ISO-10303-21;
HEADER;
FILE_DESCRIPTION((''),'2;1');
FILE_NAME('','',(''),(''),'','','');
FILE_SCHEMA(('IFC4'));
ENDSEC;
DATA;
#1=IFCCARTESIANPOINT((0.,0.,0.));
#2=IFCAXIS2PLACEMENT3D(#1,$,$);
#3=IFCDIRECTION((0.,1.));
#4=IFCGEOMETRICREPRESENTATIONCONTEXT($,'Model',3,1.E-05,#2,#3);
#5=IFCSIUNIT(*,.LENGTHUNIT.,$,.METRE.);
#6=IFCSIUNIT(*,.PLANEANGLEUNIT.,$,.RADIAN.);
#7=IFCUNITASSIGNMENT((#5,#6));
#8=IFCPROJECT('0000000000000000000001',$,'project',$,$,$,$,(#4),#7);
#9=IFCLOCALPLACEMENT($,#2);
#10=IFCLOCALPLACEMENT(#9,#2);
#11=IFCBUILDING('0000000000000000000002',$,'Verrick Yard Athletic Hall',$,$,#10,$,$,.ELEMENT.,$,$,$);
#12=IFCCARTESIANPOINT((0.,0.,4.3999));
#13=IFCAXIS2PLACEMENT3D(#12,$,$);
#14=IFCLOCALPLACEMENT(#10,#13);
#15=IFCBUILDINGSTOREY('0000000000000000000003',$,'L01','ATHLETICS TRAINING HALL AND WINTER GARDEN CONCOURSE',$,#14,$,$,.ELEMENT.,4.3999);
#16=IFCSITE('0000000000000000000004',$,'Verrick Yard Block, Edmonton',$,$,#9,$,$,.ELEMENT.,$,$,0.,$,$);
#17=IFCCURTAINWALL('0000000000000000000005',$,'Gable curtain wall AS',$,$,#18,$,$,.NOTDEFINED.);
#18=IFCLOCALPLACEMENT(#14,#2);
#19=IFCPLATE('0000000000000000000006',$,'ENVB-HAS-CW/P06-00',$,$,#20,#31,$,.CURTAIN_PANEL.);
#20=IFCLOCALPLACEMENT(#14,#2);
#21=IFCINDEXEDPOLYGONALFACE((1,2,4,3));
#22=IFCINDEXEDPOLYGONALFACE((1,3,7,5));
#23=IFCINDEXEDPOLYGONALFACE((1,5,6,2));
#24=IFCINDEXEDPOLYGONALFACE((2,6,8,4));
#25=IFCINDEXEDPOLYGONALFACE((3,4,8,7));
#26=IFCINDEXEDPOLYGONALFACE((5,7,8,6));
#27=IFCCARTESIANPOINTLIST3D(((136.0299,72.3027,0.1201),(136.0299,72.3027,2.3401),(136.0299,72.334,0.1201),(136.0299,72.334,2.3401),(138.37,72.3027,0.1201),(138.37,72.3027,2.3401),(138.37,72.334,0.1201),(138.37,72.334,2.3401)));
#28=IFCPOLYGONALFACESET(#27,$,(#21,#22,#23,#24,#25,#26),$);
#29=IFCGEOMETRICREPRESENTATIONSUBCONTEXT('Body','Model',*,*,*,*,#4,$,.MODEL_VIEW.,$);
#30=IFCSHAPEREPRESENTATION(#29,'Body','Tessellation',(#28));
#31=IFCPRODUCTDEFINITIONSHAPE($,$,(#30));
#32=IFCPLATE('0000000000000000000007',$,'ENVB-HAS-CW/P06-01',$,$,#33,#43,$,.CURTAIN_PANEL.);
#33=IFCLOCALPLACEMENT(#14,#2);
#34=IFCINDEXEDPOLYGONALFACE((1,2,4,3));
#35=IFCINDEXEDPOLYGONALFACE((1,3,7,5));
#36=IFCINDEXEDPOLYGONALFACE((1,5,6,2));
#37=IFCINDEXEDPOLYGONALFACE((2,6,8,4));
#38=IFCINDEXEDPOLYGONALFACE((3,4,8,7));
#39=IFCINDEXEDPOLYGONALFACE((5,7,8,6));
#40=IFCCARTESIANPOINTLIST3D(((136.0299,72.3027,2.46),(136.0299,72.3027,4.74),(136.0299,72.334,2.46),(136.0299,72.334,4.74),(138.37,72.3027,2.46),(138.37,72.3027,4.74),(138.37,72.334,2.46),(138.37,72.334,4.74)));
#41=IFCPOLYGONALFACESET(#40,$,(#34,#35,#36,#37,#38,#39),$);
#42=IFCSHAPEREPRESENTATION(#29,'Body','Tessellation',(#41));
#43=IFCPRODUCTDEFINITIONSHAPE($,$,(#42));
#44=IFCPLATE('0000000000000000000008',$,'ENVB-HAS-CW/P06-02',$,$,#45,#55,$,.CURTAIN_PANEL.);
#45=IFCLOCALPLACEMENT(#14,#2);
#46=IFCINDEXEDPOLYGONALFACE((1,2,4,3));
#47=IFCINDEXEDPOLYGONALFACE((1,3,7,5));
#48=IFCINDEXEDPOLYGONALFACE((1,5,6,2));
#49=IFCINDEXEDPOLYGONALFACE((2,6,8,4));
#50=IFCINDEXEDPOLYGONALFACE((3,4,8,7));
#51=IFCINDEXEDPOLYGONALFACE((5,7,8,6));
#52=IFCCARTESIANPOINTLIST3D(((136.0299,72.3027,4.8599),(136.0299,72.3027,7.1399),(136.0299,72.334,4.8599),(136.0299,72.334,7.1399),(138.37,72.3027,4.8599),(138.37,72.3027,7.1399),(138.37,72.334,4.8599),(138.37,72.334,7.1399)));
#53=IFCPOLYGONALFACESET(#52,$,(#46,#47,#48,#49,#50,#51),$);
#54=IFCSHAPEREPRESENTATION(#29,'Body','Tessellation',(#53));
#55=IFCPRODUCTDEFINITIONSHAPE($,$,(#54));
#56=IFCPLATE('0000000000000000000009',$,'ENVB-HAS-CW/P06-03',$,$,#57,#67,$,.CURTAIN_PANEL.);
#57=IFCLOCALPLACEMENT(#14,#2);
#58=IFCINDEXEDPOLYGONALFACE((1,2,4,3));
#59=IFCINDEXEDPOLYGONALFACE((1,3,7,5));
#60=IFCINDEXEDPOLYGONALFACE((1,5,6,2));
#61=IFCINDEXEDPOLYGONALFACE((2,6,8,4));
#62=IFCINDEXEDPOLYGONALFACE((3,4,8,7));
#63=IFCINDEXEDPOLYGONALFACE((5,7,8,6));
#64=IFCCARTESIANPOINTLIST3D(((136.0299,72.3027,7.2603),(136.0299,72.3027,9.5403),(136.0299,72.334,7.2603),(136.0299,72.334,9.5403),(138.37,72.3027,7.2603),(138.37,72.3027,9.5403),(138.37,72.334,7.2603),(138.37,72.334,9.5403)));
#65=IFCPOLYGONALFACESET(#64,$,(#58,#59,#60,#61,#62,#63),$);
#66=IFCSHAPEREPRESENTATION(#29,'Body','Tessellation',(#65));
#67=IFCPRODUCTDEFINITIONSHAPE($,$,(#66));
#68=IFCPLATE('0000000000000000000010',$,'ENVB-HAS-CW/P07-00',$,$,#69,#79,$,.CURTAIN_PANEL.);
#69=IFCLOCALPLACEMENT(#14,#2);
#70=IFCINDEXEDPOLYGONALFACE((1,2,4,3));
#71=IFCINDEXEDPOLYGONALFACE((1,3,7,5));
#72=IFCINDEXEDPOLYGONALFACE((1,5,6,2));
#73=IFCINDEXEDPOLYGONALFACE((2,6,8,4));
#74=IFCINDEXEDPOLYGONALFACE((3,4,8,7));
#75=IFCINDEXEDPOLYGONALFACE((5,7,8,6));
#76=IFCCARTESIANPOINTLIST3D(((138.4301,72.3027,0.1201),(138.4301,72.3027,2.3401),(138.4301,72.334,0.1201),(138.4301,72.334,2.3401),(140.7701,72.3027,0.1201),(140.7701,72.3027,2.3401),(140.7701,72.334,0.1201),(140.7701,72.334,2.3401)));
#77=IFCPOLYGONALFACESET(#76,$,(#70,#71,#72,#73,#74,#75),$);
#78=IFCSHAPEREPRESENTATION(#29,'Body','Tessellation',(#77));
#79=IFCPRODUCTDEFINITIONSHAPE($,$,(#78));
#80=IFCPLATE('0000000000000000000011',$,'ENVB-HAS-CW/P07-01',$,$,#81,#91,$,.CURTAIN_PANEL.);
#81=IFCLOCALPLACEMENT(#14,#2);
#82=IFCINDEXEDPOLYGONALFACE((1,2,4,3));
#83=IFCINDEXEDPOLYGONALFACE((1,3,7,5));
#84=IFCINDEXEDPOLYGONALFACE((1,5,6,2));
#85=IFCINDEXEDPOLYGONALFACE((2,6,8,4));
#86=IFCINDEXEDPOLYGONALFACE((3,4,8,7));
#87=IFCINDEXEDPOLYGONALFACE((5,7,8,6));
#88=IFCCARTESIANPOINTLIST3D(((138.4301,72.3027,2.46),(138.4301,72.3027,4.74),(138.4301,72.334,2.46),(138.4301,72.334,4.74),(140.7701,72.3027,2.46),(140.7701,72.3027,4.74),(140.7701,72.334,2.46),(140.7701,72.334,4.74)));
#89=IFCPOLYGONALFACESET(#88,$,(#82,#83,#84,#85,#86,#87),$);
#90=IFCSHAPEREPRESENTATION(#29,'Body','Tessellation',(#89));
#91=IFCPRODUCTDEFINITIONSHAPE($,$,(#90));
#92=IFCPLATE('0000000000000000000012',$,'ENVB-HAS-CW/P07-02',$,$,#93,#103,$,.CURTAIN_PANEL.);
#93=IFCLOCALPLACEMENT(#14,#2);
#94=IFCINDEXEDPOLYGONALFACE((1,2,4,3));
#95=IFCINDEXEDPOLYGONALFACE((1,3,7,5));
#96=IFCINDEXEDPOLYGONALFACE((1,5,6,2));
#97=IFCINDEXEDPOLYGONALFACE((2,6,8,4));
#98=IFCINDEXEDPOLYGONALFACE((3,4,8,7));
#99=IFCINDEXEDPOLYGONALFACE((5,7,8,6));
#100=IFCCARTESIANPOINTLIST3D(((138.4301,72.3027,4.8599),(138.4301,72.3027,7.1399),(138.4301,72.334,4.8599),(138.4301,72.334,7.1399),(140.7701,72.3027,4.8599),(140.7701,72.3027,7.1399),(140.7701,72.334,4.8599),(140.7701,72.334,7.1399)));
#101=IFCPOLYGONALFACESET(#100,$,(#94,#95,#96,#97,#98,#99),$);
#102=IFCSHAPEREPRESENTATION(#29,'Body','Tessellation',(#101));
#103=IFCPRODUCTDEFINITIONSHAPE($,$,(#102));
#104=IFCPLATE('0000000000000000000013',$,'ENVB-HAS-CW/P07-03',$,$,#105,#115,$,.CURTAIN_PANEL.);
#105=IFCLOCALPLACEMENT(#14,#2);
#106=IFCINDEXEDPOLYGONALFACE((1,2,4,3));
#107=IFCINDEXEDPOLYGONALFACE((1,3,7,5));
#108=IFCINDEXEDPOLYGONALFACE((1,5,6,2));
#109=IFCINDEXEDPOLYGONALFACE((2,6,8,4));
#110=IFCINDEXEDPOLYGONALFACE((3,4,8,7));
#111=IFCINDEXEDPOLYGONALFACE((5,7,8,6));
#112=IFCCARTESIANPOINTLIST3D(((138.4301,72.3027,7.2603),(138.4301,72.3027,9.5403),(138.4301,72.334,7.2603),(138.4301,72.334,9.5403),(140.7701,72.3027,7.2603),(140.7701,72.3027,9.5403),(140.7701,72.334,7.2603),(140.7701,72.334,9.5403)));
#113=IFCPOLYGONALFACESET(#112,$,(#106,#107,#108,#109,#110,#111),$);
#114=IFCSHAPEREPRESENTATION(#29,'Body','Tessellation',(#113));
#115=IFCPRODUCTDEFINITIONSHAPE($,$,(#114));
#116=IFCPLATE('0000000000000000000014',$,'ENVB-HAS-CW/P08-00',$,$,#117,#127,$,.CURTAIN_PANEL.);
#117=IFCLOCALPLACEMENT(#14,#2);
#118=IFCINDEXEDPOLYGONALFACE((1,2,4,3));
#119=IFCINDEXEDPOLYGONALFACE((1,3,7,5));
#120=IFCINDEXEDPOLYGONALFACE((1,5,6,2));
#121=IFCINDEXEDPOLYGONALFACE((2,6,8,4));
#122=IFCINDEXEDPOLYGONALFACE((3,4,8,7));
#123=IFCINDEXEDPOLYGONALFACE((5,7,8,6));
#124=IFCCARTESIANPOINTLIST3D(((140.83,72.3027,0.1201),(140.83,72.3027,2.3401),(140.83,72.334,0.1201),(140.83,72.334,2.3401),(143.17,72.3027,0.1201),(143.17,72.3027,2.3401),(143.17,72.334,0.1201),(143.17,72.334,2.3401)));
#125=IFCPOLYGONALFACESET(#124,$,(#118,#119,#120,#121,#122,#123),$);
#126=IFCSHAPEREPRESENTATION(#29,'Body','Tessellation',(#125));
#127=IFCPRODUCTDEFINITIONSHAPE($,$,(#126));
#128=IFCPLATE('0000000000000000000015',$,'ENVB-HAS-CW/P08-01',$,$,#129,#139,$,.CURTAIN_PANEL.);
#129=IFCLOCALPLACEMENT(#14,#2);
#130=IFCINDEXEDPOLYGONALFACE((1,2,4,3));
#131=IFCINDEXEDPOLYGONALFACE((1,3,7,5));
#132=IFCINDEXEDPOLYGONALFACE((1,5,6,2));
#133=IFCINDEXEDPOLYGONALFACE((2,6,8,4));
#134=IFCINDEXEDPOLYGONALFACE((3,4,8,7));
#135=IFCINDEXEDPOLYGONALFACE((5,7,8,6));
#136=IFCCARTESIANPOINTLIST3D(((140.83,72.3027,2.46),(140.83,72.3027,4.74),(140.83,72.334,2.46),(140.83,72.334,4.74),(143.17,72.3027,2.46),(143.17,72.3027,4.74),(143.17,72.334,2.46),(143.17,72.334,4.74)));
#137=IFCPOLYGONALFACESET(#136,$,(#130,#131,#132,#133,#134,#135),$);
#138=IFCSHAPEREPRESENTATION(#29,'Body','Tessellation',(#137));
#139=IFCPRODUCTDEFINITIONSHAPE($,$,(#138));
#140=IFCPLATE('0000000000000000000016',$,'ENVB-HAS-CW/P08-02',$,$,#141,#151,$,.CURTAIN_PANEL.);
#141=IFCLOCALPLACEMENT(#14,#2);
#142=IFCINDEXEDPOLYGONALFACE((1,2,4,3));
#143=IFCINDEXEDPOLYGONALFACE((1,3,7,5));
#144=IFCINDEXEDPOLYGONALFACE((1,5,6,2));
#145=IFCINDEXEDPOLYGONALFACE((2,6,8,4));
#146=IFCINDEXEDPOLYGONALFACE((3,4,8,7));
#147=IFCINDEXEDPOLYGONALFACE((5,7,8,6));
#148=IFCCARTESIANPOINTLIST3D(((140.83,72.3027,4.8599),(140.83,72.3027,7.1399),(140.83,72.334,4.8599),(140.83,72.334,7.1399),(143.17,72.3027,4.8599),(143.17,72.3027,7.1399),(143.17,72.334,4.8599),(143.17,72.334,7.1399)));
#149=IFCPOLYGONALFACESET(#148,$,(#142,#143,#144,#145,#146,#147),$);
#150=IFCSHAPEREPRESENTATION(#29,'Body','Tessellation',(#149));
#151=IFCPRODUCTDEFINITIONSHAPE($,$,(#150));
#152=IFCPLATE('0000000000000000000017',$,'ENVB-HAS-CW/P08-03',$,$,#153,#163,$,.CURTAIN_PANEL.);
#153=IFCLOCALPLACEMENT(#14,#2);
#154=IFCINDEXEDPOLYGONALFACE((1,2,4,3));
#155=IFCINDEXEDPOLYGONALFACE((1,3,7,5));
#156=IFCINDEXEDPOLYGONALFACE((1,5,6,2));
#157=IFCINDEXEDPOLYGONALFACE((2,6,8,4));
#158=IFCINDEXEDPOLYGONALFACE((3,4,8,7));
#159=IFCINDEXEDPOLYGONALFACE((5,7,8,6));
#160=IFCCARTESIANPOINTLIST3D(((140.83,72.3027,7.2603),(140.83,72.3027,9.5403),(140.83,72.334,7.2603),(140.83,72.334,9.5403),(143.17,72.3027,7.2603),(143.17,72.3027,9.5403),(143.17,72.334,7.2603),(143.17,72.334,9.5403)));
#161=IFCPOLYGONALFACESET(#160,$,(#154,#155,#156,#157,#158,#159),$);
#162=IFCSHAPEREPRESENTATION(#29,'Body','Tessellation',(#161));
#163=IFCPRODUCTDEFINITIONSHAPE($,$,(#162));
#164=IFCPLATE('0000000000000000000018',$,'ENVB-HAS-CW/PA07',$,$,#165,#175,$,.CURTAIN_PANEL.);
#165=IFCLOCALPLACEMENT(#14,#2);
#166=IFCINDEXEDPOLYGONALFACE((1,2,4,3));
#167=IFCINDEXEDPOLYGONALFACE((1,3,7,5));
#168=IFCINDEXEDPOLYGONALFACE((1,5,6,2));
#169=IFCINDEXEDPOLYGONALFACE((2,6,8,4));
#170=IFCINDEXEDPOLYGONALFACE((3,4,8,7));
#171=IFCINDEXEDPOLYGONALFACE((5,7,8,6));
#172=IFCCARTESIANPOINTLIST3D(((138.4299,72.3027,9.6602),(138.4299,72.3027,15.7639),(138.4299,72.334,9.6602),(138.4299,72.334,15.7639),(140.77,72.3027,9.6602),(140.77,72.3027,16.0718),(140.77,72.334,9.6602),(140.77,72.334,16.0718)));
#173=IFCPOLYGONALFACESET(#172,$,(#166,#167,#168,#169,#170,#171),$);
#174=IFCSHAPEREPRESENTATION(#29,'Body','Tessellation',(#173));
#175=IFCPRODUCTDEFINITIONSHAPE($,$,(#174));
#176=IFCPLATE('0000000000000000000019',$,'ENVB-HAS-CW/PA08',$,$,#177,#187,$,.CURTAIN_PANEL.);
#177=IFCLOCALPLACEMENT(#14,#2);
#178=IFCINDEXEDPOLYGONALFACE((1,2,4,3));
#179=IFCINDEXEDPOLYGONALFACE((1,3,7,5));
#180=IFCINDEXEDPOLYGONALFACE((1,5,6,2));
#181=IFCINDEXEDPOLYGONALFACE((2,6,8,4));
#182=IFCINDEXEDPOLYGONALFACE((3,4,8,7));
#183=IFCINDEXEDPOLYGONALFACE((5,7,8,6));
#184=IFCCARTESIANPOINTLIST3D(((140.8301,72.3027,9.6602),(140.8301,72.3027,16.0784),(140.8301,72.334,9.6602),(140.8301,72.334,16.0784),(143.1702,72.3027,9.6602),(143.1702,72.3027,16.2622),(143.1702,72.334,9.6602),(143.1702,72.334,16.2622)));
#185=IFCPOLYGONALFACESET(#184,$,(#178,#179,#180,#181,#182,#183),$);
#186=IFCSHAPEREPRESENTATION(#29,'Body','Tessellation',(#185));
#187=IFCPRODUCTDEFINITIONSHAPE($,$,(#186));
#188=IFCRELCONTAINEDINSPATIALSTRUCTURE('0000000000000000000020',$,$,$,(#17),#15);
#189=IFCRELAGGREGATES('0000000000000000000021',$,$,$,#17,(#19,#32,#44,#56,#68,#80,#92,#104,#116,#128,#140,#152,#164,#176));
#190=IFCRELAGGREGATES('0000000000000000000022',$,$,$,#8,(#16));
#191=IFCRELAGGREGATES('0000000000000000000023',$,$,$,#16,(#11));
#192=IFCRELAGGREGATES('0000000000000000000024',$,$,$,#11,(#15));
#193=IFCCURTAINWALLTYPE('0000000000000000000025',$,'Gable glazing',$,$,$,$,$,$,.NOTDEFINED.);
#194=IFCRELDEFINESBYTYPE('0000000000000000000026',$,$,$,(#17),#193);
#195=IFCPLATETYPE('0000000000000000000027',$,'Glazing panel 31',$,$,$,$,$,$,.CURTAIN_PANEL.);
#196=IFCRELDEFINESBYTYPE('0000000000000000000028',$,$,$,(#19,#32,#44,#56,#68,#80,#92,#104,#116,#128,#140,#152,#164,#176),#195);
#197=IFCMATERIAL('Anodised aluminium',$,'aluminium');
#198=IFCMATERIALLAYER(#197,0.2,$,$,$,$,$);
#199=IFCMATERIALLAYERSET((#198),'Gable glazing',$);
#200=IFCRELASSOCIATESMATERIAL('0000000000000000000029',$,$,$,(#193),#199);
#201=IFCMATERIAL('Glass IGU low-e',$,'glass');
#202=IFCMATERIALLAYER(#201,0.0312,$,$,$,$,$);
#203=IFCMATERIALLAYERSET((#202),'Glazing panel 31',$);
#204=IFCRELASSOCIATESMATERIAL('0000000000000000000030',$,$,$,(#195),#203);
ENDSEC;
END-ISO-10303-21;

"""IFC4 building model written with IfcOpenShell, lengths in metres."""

from ifc_helpers import new_model, si_unit, direction, frame, origin, origin_2d, place, context, subcontext, project, spatial, polyline, rectangle, outline, extrude, material, layer, layer_set, type_object, element, aggregate, save


model = new_model("IFC4")

# Units and contexts
model_context = context("Model", 3, precision=1e-05, world=origin(), true_north=direction((0.0, 1.0)))
body_context = subcontext(model_context, "Body", "Model", "MODEL_VIEW")
ifc_project = project(units=[si_unit("LENGTHUNIT", "METRE"), si_unit("PLANEANGLEUNIT", "RADIAN")], contexts=[model_context])

# Site, building, storey
site_placement = place(None, origin())
site = spatial("IfcSite", under=ifc_project, at=site_placement, Name="Verrick Yard Block, Edmonton", CompositionType="ELEMENT", RefElevation=0.0)
building_placement = place(site_placement, origin())
building = spatial("IfcBuilding", under=site, at=building_placement, Name="Verrick Yard Athletic Hall", CompositionType="ELEMENT")
storey_placement = place(building_placement, frame((0.0, 0.0, 4.3999)))
storey = spatial("IfcBuildingStorey", under=building, at=storey_placement, Name="L01", Description="ATHLETICS TRAINING HALL AND WINTER GARDEN CONCOURSE", CompositionType="ELEMENT", Elevation=4.3999)

# Curtain wall, plates
ifc_material_1 = material(Name="Anodised aluminium", Category="aluminium")
ifc_layer_1 = layer(ifc_material_1, 0.2)
ifc_layer_set_1 = layer_set([ifc_layer_1], Name="Gable glazing")
curtain_wall_type = type_object("IfcCurtainWallType", Name="Gable glazing", PredefinedType="NOTDEFINED", material=ifc_layer_set_1)
curtain_wall_placement = place(storey_placement, origin())
curtain_wall = element("IfcCurtainWall", 1, at=curtain_wall_placement, inside=storey, type_object=curtain_wall_type, Name="Gable curtain wall AS", PredefinedType="NOTDEFINED")
ifc_material_2 = material(Name="Glass IGU low-e", Category="glass")
ifc_layer_2 = layer(ifc_material_2, 0.0312)
ifc_layer_set_2 = layer_set([ifc_layer_2], Name="Glazing panel 31")
plate_type = type_object("IfcPlateType", Name="Glazing panel 31", PredefinedType="CURTAIN_PANEL", material=ifc_layer_set_2)
plate_1_placement = place(storey_placement, frame((137.2, 72.3184, 0.1201), z_axis=(0.0, 0.0, 1.0), x_axis=(1.0, 0.0, 0.0)))
plate_1 = element("IfcPlate", 2, at=plate_1_placement, type_object=plate_type, Name="ENVB-HAS-CW/P06-00", PredefinedType="CURTAIN_PANEL", context=body_context, shape_type="SweptSolid", body=[
    extrude(rectangle(XDim=2.3401, YDim=0.0312, at=origin_2d()), origin(), (0.0, 0.0, 1.0), 2.22),
])
plate_2_placement = place(storey_placement, frame((137.2, 72.3184, 2.46), z_axis=(0.0, 0.0, 1.0), x_axis=(1.0, 0.0, 0.0)))
plate_2 = element("IfcPlate", 3, at=plate_2_placement, type_object=plate_type, Name="ENVB-HAS-CW/P06-01", PredefinedType="CURTAIN_PANEL", context=body_context, shape_type="SweptSolid", body=[
    extrude(rectangle(XDim=2.3401, YDim=0.0312, at=origin_2d()), origin(), (0.0, 0.0, 1.0), 2.28),
])
plate_3_placement = place(storey_placement, frame((137.2, 72.3184, 4.8599), z_axis=(0.0, 0.0, 1.0), x_axis=(1.0, 0.0, 0.0)))
plate_3 = element("IfcPlate", 4, at=plate_3_placement, type_object=plate_type, Name="ENVB-HAS-CW/P06-02", PredefinedType="CURTAIN_PANEL", context=body_context, shape_type="SweptSolid", body=[
    extrude(rectangle(XDim=2.3401, YDim=0.0312, at=origin_2d()), origin(), (0.0, 0.0, 1.0), 2.28),
])
plate_4_placement = place(storey_placement, frame((137.2, 72.3184, 7.2603), z_axis=(0.0, 0.0, 1.0), x_axis=(1.0, 0.0, 0.0)))
plate_4 = element("IfcPlate", 5, at=plate_4_placement, type_object=plate_type, Name="ENVB-HAS-CW/P06-03", PredefinedType="CURTAIN_PANEL", context=body_context, shape_type="SweptSolid", body=[
    extrude(rectangle(XDim=2.3401, YDim=0.0312, at=origin_2d()), origin(), (0.0, 0.0, 1.0), 2.28),
])
plate_5_placement = place(storey_placement, frame((139.6001, 72.3184, 0.1201), z_axis=(0.0, 0.0, 1.0), x_axis=(1.0, 0.0, 0.0)))
plate_5 = element("IfcPlate", 6, at=plate_5_placement, type_object=plate_type, Name="ENVB-HAS-CW/P07-00", PredefinedType="CURTAIN_PANEL", context=body_context, shape_type="SweptSolid", body=[
    extrude(rectangle(XDim=2.3401, YDim=0.0312, at=origin_2d()), origin(), (0.0, 0.0, 1.0), 2.22),
])
plate_6_placement = place(storey_placement, frame((139.6001, 72.3184, 2.46), z_axis=(0.0, 0.0, 1.0), x_axis=(1.0, 0.0, 0.0)))
plate_6 = element("IfcPlate", 7, at=plate_6_placement, type_object=plate_type, Name="ENVB-HAS-CW/P07-01", PredefinedType="CURTAIN_PANEL", context=body_context, shape_type="SweptSolid", body=[
    extrude(rectangle(XDim=2.3401, YDim=0.0312, at=origin_2d()), origin(), (0.0, 0.0, 1.0), 2.28),
])
plate_7_placement = place(storey_placement, frame((139.6001, 72.3184, 4.8599), z_axis=(0.0, 0.0, 1.0), x_axis=(1.0, 0.0, 0.0)))
plate_7 = element("IfcPlate", 8, at=plate_7_placement, type_object=plate_type, Name="ENVB-HAS-CW/P07-02", PredefinedType="CURTAIN_PANEL", context=body_context, shape_type="SweptSolid", body=[
    extrude(rectangle(XDim=2.3401, YDim=0.0312, at=origin_2d()), origin(), (0.0, 0.0, 1.0), 2.28),
])
plate_8_placement = place(storey_placement, frame((139.6001, 72.3184, 7.2603), z_axis=(0.0, 0.0, 1.0), x_axis=(1.0, 0.0, 0.0)))
plate_8 = element("IfcPlate", 9, at=plate_8_placement, type_object=plate_type, Name="ENVB-HAS-CW/P07-03", PredefinedType="CURTAIN_PANEL", context=body_context, shape_type="SweptSolid", body=[
    extrude(rectangle(XDim=2.3401, YDim=0.0312, at=origin_2d()), origin(), (0.0, 0.0, 1.0), 2.28),
])
plate_9_placement = place(storey_placement, frame((142.0, 72.3184, 0.1201), z_axis=(0.0, 0.0, 1.0), x_axis=(1.0, 0.0, 0.0)))
plate_9 = element("IfcPlate", 10, at=plate_9_placement, type_object=plate_type, Name="ENVB-HAS-CW/P08-00", PredefinedType="CURTAIN_PANEL", context=body_context, shape_type="SweptSolid", body=[
    extrude(rectangle(XDim=2.3401, YDim=0.0312, at=origin_2d()), origin(), (0.0, 0.0, 1.0), 2.22),
])
plate_10_placement = place(storey_placement, frame((142.0, 72.3184, 2.46), z_axis=(0.0, 0.0, 1.0), x_axis=(1.0, 0.0, 0.0)))
plate_10 = element("IfcPlate", 11, at=plate_10_placement, type_object=plate_type, Name="ENVB-HAS-CW/P08-01", PredefinedType="CURTAIN_PANEL", context=body_context, shape_type="SweptSolid", body=[
    extrude(rectangle(XDim=2.3401, YDim=0.0312, at=origin_2d()), origin(), (0.0, 0.0, 1.0), 2.28),
])
plate_11_placement = place(storey_placement, frame((142.0, 72.3184, 4.8599), z_axis=(0.0, 0.0, 1.0), x_axis=(1.0, 0.0, 0.0)))
plate_11 = element("IfcPlate", 12, at=plate_11_placement, type_object=plate_type, Name="ENVB-HAS-CW/P08-02", PredefinedType="CURTAIN_PANEL", context=body_context, shape_type="SweptSolid", body=[
    extrude(rectangle(XDim=2.3401, YDim=0.0312, at=origin_2d()), origin(), (0.0, 0.0, 1.0), 2.28),
])
plate_12_placement = place(storey_placement, frame((142.0, 72.3184, 7.2603), z_axis=(0.0, 0.0, 1.0), x_axis=(1.0, 0.0, 0.0)))
plate_12 = element("IfcPlate", 13, at=plate_12_placement, type_object=plate_type, Name="ENVB-HAS-CW/P08-03", PredefinedType="CURTAIN_PANEL", context=body_context, shape_type="SweptSolid", body=[
    extrude(rectangle(XDim=2.3401, YDim=0.0312, at=origin_2d()), origin(), (0.0, 0.0, 1.0), 2.28),
])
plate_13_placement = place(storey_placement, frame((138.4299, 72.3184, 9.6602), z_axis=(0.0, 0.0, 1.0), x_axis=(1.0, 0.0, 0.0)))
plate_13 = element("IfcPlate", 14, at=plate_13_placement, type_object=plate_type, Name="ENVB-HAS-CW/PA07", PredefinedType="CURTAIN_PANEL", context=body_context, shape_type="SweptSolid", body=[
    extrude(outline(polyline([(0.0, 6.1038), (2.3401, 6.4116), (2.3401, 0.0), (0.0, 0.0), (0.0, 6.1038)])), frame((0.0, 0.0156, 0.0), z_axis=(0.0, -1.0, 0.0), x_axis=(1.0, 0.0, 0.0)), (0.0, 0.0, 1.0), 0.0312),
])
plate_14_placement = place(storey_placement, frame((140.8301, 72.3184, 9.6602), z_axis=(0.0, 0.0, 1.0), x_axis=(1.0, 0.0, 0.0)))
plate_14 = element("IfcPlate", 15, at=plate_14_placement, type_object=plate_type, Name="ENVB-HAS-CW/PA08", PredefinedType="CURTAIN_PANEL", context=body_context, shape_type="SweptSolid", body=[
    extrude(outline(polyline([(0.0, 6.4182), (2.3401, 6.6021), (2.3401, 0.0), (0.0, 0.0), (0.0, 6.4182)])), frame((0.0, 0.0156, 0.0), z_axis=(0.0, -1.0, 0.0), x_axis=(1.0, 0.0, 0.0)), (0.0, 0.0, 1.0), 0.0312),
])
aggregate(curtain_wall, [plate_1, plate_2, plate_3, plate_4, plate_5, plate_6, plate_7, plate_8, plate_9, plate_10, plate_11, plate_12, plate_13, plate_14])

save(model, "model.ifc")
